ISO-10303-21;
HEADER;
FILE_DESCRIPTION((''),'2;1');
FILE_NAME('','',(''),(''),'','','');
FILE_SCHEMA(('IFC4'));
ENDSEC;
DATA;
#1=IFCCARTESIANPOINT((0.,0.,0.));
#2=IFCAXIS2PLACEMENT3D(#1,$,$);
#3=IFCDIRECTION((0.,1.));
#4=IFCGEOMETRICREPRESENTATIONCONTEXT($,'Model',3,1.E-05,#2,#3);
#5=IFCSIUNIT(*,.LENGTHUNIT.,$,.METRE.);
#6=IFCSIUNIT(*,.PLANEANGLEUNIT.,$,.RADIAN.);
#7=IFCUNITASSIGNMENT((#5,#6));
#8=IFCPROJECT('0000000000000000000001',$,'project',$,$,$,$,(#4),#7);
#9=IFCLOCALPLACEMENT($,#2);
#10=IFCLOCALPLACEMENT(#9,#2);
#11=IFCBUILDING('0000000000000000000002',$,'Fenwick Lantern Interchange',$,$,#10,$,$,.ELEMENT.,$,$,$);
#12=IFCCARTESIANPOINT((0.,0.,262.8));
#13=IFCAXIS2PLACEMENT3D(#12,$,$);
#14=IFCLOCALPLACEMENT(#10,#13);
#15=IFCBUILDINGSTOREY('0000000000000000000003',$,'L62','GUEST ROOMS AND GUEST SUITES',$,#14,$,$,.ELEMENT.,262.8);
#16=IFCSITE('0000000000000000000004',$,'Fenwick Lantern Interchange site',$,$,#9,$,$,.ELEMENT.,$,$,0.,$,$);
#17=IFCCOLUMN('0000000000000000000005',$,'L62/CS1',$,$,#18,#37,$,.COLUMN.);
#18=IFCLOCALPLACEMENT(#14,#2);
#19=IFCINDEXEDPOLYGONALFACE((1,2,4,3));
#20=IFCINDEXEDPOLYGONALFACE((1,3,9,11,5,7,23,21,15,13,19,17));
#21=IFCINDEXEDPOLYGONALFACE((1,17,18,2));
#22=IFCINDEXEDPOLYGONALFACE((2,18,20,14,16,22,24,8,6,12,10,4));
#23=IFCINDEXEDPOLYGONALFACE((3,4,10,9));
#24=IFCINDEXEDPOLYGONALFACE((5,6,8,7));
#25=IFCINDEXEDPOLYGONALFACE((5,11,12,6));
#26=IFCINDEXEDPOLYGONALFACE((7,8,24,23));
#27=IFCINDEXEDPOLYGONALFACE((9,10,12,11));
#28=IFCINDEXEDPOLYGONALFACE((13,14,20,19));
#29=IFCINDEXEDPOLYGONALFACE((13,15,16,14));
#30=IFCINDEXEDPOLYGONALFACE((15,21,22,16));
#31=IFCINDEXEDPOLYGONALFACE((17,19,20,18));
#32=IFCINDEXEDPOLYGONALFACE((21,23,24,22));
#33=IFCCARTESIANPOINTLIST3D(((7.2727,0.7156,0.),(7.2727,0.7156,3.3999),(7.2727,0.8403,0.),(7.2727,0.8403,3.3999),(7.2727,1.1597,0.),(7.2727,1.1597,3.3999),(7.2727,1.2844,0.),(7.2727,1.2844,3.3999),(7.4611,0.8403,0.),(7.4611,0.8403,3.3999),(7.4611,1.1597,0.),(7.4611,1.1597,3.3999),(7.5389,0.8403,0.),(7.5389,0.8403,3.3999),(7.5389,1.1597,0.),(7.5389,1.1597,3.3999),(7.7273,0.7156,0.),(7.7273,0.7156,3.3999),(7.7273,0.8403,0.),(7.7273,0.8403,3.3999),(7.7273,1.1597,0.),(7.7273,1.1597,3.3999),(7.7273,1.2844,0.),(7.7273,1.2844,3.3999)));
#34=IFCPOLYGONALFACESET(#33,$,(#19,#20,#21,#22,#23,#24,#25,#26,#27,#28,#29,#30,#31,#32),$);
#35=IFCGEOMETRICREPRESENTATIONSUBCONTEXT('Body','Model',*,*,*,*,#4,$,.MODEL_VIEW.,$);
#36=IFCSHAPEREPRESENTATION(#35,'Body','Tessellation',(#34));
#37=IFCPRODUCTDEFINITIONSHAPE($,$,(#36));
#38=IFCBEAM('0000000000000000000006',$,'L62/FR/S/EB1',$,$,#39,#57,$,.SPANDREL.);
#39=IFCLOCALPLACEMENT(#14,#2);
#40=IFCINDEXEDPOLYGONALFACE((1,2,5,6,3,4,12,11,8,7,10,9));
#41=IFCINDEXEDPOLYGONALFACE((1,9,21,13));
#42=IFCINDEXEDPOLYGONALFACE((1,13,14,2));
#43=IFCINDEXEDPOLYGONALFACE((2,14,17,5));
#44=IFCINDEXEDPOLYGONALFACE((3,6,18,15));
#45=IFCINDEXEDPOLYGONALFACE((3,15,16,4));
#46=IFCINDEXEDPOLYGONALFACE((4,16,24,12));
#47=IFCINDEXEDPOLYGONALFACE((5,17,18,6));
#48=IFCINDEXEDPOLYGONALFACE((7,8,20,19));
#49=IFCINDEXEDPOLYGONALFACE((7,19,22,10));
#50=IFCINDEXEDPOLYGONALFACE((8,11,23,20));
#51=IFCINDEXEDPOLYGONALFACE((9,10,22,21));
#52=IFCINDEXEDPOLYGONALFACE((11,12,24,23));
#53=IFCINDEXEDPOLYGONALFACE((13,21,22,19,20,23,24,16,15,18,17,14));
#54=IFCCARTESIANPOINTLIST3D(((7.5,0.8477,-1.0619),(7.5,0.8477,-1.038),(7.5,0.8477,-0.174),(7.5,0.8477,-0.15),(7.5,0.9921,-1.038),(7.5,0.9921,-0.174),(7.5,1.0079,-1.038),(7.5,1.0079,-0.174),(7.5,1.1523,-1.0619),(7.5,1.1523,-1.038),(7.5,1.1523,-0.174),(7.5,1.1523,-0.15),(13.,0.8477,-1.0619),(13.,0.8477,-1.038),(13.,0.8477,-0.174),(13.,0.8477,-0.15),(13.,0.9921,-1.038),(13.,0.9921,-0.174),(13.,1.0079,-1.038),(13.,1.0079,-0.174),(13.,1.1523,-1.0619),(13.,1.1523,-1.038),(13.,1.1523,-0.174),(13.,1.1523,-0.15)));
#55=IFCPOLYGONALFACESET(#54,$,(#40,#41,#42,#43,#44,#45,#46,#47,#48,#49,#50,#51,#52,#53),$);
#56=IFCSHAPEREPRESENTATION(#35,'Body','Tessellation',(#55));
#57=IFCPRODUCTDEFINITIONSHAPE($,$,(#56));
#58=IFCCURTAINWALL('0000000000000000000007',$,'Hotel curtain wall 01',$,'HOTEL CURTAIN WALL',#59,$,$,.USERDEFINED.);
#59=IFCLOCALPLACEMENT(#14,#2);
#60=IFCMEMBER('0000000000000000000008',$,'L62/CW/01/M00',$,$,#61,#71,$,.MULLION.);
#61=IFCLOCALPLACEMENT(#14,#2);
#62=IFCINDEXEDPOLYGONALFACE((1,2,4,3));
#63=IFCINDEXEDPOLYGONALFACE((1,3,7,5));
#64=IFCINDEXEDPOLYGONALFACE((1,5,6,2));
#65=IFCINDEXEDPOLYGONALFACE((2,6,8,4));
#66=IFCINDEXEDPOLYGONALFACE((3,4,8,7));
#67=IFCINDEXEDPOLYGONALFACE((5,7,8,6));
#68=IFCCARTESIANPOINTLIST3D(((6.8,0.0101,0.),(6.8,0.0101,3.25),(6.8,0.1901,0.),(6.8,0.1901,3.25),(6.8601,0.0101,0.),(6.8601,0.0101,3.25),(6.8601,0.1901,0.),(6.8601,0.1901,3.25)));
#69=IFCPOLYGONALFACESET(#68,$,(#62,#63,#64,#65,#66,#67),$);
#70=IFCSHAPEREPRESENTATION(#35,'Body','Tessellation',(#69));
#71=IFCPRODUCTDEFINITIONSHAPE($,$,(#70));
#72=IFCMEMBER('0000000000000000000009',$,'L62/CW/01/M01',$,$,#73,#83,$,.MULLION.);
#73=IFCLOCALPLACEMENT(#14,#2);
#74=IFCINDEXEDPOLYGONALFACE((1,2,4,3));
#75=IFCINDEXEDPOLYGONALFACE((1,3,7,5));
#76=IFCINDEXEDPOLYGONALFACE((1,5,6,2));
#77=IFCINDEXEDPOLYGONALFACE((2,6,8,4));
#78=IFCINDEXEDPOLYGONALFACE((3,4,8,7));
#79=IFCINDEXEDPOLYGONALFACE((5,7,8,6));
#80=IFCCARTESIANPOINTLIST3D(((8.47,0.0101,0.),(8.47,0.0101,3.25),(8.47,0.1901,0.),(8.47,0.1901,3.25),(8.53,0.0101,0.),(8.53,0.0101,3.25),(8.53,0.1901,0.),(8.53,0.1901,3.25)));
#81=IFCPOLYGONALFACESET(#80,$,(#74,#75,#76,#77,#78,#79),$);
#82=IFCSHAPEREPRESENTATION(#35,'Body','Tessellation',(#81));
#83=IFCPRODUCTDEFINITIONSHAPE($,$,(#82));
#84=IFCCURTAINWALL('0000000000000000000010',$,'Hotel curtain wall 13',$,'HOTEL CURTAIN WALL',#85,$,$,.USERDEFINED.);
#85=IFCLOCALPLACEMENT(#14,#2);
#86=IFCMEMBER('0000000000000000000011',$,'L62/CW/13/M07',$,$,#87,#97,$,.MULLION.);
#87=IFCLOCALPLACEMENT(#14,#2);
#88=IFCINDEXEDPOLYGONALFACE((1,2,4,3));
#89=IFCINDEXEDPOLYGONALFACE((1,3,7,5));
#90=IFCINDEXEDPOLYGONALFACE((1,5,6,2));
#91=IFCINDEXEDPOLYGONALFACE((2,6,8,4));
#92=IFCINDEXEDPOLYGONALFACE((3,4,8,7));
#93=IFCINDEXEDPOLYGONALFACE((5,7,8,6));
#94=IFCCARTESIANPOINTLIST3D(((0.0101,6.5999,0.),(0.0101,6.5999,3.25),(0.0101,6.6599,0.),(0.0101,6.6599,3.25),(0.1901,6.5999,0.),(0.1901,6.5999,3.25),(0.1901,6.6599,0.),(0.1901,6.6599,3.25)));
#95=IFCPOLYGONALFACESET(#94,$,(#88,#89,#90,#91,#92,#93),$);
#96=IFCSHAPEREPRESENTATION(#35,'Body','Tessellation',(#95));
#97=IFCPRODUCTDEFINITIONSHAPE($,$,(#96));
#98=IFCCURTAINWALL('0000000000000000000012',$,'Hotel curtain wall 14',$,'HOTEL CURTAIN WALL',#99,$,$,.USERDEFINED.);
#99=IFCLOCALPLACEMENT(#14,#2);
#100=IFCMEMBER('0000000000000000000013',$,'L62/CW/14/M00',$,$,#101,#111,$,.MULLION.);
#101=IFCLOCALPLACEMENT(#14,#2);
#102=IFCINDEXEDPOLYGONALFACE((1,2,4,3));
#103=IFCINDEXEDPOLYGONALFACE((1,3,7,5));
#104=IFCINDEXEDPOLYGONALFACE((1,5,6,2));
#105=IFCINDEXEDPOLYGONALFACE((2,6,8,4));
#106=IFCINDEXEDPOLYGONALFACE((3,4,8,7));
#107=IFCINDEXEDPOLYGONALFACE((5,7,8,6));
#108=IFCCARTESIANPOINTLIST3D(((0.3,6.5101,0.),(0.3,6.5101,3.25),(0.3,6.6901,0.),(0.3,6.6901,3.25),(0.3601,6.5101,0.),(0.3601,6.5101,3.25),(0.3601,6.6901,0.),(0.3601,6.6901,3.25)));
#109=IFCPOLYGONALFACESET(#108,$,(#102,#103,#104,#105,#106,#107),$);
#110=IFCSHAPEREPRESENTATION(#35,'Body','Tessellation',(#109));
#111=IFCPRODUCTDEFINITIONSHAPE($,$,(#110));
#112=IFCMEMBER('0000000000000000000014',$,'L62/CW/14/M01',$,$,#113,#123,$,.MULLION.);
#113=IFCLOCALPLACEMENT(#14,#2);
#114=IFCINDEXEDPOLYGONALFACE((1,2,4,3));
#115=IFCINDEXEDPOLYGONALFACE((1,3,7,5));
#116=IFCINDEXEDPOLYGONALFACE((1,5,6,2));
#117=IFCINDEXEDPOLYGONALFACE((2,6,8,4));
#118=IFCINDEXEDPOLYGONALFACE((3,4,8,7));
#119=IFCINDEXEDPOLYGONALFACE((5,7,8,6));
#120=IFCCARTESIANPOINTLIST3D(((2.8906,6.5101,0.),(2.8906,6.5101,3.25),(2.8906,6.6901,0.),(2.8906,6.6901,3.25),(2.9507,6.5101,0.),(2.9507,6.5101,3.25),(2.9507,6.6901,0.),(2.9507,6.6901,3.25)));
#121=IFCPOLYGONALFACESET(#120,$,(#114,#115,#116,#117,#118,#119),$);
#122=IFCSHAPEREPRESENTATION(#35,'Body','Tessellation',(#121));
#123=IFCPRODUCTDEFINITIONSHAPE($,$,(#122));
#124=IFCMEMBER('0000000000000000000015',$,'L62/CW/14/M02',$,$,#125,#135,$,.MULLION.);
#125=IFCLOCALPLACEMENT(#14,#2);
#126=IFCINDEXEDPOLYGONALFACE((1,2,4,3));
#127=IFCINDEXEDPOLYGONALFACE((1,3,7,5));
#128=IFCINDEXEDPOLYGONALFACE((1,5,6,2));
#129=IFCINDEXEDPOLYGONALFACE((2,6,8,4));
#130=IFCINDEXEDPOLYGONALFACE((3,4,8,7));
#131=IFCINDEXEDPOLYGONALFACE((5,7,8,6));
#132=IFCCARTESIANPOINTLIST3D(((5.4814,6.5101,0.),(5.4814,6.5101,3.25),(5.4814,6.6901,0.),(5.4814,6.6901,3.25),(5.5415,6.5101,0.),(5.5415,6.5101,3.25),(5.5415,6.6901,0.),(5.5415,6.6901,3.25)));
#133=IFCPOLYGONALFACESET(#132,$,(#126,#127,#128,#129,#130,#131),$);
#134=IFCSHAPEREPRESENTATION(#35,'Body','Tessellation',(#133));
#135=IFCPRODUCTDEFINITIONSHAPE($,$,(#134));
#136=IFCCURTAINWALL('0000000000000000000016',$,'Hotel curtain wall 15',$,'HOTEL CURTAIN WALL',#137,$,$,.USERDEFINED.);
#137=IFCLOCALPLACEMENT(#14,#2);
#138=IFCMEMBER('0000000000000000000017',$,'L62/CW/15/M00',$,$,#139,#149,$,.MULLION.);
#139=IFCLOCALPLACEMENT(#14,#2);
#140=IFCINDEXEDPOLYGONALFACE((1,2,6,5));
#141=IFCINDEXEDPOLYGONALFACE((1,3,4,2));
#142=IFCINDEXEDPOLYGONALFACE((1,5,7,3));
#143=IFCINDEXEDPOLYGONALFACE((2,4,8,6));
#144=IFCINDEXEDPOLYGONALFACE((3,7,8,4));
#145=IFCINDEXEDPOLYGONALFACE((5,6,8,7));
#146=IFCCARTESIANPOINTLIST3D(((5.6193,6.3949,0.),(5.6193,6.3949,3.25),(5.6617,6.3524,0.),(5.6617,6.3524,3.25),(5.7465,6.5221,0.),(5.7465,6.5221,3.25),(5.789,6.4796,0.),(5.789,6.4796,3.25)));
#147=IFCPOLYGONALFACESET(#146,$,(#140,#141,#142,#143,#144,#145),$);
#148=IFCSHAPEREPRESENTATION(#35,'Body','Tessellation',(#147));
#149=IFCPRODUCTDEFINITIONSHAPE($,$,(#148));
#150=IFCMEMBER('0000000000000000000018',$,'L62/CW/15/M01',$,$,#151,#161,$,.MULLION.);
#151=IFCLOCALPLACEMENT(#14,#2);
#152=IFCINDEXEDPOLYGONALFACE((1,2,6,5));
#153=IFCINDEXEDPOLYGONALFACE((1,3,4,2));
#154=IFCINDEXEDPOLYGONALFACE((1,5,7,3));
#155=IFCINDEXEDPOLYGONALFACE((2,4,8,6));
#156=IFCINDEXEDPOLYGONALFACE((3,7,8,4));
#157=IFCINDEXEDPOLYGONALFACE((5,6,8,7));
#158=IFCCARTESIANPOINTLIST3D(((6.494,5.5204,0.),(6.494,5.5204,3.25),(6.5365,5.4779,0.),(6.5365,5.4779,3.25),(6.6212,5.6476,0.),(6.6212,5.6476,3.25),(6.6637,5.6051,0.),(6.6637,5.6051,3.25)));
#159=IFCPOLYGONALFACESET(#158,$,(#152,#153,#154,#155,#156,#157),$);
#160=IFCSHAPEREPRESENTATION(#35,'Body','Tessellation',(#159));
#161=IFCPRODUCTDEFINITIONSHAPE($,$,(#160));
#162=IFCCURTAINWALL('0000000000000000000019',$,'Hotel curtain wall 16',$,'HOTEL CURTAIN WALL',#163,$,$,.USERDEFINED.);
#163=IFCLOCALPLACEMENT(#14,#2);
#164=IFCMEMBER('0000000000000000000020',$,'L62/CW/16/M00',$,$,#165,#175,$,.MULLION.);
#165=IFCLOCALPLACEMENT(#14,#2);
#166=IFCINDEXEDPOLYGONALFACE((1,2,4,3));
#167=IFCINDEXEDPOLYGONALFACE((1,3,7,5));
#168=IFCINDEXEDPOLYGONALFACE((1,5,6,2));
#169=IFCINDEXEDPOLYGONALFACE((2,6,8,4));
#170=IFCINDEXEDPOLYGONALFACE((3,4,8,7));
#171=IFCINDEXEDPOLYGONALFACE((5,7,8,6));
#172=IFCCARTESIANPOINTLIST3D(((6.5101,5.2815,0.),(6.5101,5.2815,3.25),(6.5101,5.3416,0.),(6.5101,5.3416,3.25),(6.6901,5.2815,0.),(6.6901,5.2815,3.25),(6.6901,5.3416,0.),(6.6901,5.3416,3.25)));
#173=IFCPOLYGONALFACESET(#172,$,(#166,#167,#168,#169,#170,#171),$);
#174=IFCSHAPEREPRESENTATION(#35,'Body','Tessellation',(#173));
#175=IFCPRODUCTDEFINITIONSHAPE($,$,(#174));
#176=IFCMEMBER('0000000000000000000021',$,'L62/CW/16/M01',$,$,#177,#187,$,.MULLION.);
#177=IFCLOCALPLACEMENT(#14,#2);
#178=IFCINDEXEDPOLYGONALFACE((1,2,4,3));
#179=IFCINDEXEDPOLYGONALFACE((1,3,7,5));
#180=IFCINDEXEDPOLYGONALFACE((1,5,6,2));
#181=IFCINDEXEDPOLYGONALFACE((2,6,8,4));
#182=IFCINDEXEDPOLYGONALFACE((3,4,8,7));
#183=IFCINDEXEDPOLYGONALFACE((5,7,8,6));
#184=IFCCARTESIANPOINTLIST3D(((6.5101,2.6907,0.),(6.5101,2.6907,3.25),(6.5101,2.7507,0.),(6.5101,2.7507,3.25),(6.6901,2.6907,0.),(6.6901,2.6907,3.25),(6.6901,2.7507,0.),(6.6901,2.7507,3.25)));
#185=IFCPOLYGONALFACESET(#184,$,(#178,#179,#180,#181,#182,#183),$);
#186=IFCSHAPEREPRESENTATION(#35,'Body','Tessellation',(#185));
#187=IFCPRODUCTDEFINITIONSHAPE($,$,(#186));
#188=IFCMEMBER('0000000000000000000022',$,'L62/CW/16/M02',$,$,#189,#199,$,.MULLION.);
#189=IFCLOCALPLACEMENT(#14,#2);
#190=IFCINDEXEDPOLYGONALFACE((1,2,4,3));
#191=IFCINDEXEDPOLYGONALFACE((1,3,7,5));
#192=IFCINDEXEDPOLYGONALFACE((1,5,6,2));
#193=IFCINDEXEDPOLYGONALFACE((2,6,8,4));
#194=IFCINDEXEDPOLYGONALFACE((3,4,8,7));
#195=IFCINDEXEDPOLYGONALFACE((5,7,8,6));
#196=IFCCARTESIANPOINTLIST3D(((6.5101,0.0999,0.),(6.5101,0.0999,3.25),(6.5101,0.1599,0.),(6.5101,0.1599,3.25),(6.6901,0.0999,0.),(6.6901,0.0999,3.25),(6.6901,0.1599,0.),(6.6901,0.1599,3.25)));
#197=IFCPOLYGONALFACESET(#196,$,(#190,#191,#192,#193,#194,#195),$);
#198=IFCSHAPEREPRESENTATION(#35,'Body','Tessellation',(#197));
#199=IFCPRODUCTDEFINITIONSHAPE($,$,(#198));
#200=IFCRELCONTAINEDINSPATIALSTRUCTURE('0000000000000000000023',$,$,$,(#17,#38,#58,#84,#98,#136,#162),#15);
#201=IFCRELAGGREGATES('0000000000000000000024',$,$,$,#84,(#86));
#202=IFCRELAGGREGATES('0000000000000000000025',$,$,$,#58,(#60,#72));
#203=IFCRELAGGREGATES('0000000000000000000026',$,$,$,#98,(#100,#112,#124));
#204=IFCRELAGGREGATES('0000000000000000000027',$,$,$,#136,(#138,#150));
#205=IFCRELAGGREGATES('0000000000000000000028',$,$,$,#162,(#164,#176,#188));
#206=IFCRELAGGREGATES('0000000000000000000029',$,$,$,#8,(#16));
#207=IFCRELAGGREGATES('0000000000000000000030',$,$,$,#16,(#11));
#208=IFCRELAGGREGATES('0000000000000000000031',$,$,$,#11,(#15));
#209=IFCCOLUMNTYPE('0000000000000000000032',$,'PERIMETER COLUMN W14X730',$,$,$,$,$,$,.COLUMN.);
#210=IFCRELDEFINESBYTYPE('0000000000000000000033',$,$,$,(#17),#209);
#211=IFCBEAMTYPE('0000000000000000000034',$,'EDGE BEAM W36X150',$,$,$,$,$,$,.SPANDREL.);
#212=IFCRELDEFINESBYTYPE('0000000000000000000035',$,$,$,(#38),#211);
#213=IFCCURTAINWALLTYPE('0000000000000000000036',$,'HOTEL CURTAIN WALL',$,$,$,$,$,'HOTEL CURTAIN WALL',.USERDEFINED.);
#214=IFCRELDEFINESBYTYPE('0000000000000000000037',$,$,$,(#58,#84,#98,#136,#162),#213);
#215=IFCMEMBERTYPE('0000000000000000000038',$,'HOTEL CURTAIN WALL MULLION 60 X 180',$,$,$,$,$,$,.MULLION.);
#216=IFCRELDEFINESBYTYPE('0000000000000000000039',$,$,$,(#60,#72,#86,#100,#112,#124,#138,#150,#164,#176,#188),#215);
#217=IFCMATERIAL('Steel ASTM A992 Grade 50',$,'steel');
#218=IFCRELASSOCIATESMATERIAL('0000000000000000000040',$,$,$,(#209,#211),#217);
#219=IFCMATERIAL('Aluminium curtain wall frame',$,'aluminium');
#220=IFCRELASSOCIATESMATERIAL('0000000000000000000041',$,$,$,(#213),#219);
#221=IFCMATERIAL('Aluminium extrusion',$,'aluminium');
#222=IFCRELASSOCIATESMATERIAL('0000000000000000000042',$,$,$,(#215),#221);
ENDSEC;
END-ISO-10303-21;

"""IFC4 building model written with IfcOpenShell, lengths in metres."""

from ifc_helpers import new_model, si_unit, direction, frame, origin, origin_2d, place, context, subcontext, project, spatial, rectangle, i_section, extrude, material, material_profile, profile_set, type_object, element, aggregate, save


model = new_model("IFC4")

# Units and contexts
model_context = context("Model", 3, precision=1e-05, world=origin(), true_north=direction((0.0, 1.0)))
body_context = subcontext(model_context, "Body", "Model", "MODEL_VIEW")
ifc_project = project(units=[si_unit("LENGTHUNIT", "METRE"), si_unit("PLANEANGLEUNIT", "RADIAN")], contexts=[model_context])

# Site, building, storey
site_placement = place(None, origin())
site = spatial("IfcSite", under=ifc_project, at=site_placement, Name="Fenwick Lantern Interchange site", CompositionType="ELEMENT", RefElevation=0.0)
building_placement = place(site_placement, origin())
building = spatial("IfcBuilding", under=site, at=building_placement, Name="Fenwick Lantern Interchange", CompositionType="ELEMENT")
storey_placement = place(building_placement, frame((0.0, 0.0, 262.8)))
storey = spatial("IfcBuildingStorey", under=building, at=storey_placement, Name="L62", Description="GUEST ROOMS AND GUEST SUITES", CompositionType="ELEMENT", Elevation=262.8)

# Column
ifc_material_1 = material(Name="Steel ASTM A992 Grade 50", Category="steel")
ifc_material_profile_1 = material_profile(ifc_material_1, i_section(OverallWidth=0.4546, OverallDepth=0.5688, WebThickness=0.0779, FlangeThickness=0.1248, at=origin_2d()), Name="W14X730")
ifc_profile_set_1 = profile_set([ifc_material_profile_1], Name="Steel ASTM A992 Grade 50")
column_type = type_object("IfcColumnType", Name="PERIMETER COLUMN W14X730", PredefinedType="COLUMN", material=ifc_profile_set_1)
column_placement = place(storey_placement, frame((7.5, 1.0, 0.0), z_axis=(0.0, 0.0, 1.0), x_axis=(1.0, 0.0, 0.0)))
element("IfcColumn", 1, at=column_placement, inside=storey, type_object=column_type, Name="L62/CS1", PredefinedType="COLUMN", context=body_context, shape_type="SweptSolid", body=[
    extrude(i_section(OverallWidth=0.4546, OverallDepth=0.5688, WebThickness=0.0779, FlangeThickness=0.1248, at=origin_2d()), origin(), (0.0, 0.0, 1.0), 3.3999),
])

# Beam
ifc_material_profile_2 = material_profile(ifc_material_1, i_section(OverallWidth=0.3047, OverallDepth=0.9119, WebThickness=0.0159, FlangeThickness=0.0239, at=origin_2d()), Name="W36X150")
ifc_profile_set_2 = profile_set([ifc_material_profile_2], Name="Steel ASTM A992 Grade 50")
beam_type = type_object("IfcBeamType", Name="EDGE BEAM W36X150", PredefinedType="SPANDREL", material=ifc_profile_set_2)
beam_placement = place(storey_placement, frame((7.5, 1.0, -0.606), z_axis=(1.0, 0.0, 0.0), x_axis=(0.0, 1.0, 0.0)))
element("IfcBeam", 2, at=beam_placement, inside=storey, type_object=beam_type, Name="L62/FR/S/EB1", PredefinedType="SPANDREL", context=body_context, shape_type="SweptSolid", body=[
    extrude(i_section(OverallWidth=0.3047, OverallDepth=0.9119, WebThickness=0.0159, FlangeThickness=0.0239, at=origin_2d()), origin(), (0.0, 0.0, 1.0), 5.5),
])

# Curtain wall, members
ifc_material_2 = material(Name="Aluminium curtain wall frame", Category="aluminium")
curtain_wall_type = type_object("IfcCurtainWallType", Name="HOTEL CURTAIN WALL", ElementType="HOTEL CURTAIN WALL", PredefinedType="USERDEFINED", material=ifc_material_2)
curtain_wall_1_placement = place(storey_placement, origin())
curtain_wall_1 = element("IfcCurtainWall", 3, at=curtain_wall_1_placement, inside=storey, type_object=curtain_wall_type, Name="Hotel curtain wall 01", ObjectType="HOTEL CURTAIN WALL", PredefinedType="USERDEFINED")
ifc_material_3 = material(Name="Aluminium extrusion", Category="aluminium")
ifc_material_profile_3 = material_profile(ifc_material_3, rectangle(XDim=0.1799, YDim=0.0601, at=origin_2d()), Name="HOTEL CURTAIN WALL MULLION 60 X 180")
ifc_profile_set_3 = profile_set([ifc_material_profile_3], Name="Aluminium extrusion")
member_type_1 = type_object("IfcMemberType", Name="HOTEL CURTAIN WALL MULLION 60 X 180", PredefinedType="MULLION", material=ifc_profile_set_3)
member_1_placement = place(storey_placement, frame((6.8301, 0.1001, 0.0), z_axis=(0.0, 0.0, 1.0), x_axis=(0.0, 1.0, 0.0)))
member_1 = element("IfcMember", 4, at=member_1_placement, type_object=member_type_1, Name="L62/CW/01/M00", PredefinedType="MULLION", context=body_context, shape_type="SweptSolid", body=[
    extrude(rectangle(XDim=0.1799, YDim=0.0601, at=origin_2d()), origin(), (0.0, 0.0, 1.0), 3.25),
])
member_2_placement = place(storey_placement, frame((8.5, 0.1001, 0.0), z_axis=(0.0, 0.0, 1.0), x_axis=(0.0, 1.0, 0.0)))
member_2 = element("IfcMember", 5, at=member_2_placement, type_object=member_type_1, Name="L62/CW/01/M01", PredefinedType="MULLION", context=body_context, shape_type="SweptSolid", body=[
    extrude(rectangle(XDim=0.1799, YDim=0.0601, at=origin_2d()), origin(), (0.0, 0.0, 1.0), 3.25),
])

# Curtain wall, member
curtain_wall_2_placement = place(storey_placement, origin())
curtain_wall_2 = element("IfcCurtainWall", 6, at=curtain_wall_2_placement, inside=storey, type_object=curtain_wall_type, Name="Hotel curtain wall 13", ObjectType="HOTEL CURTAIN WALL", PredefinedType="USERDEFINED")
member_3_placement = place(storey_placement, frame((0.1001, 6.6299, 0.0), z_axis=(0.0, 0.0, 1.0), x_axis=(1.0, 0.0, 0.0)))
member_3 = element("IfcMember", 7, at=member_3_placement, type_object=member_type_1, Name="L62/CW/13/M07", PredefinedType="MULLION", context=body_context, shape_type="SweptSolid", body=[
    extrude(rectangle(XDim=0.1799, YDim=0.0601, at=origin_2d()), origin(), (0.0, 0.0, 1.0), 3.25),
])
aggregate(curtain_wall_2, [member_3])

# Curtain walls, members
curtain_wall_3_placement = place(storey_placement, origin())
curtain_wall_3 = element("IfcCurtainWall", 8, at=curtain_wall_3_placement, inside=storey, type_object=curtain_wall_type, Name="Hotel curtain wall 14", ObjectType="HOTEL CURTAIN WALL", PredefinedType="USERDEFINED")
member_4_placement = place(storey_placement, frame((0.3301, 6.6001, 0.0), z_axis=(0.0, 0.0, 1.0), x_axis=(0.0, 1.0, 0.0)))
member_4 = element("IfcMember", 9, at=member_4_placement, type_object=member_type_1, Name="L62/CW/14/M00", PredefinedType="MULLION", context=body_context, shape_type="SweptSolid", body=[
    extrude(rectangle(XDim=0.1799, YDim=0.0601, at=origin_2d()), origin(), (0.0, 0.0, 1.0), 3.25),
])
member_5_placement = place(storey_placement, frame((2.9207, 6.6001, 0.0), z_axis=(0.0, 0.0, 1.0), x_axis=(0.0, 1.0, 0.0)))
member_5 = element("IfcMember", 10, at=member_5_placement, type_object=member_type_1, Name="L62/CW/14/M01", PredefinedType="MULLION", context=body_context, shape_type="SweptSolid", body=[
    extrude(rectangle(XDim=0.1799, YDim=0.0601, at=origin_2d()), origin(), (0.0, 0.0, 1.0), 3.25),
])
member_6_placement = place(storey_placement, frame((5.5115, 6.6001, 0.0), z_axis=(0.0, 0.0, 1.0), x_axis=(0.0, 1.0, 0.0)))
member_6 = element("IfcMember", 11, at=member_6_placement, type_object=member_type_1, Name="L62/CW/14/M02", PredefinedType="MULLION", context=body_context, shape_type="SweptSolid", body=[
    extrude(rectangle(XDim=0.1799, YDim=0.0601, at=origin_2d()), origin(), (0.0, 0.0, 1.0), 3.25),
])
curtain_wall_4_placement = place(storey_placement, origin())
curtain_wall_4 = element("IfcCurtainWall", 12, at=curtain_wall_4_placement, inside=storey, type_object=curtain_wall_type, Name="Hotel curtain wall 15", ObjectType="HOTEL CURTAIN WALL", PredefinedType="USERDEFINED")
member_7_placement = place(storey_placement, frame((5.7041, 6.4373, 0.0), z_axis=(0.0, 0.0, 1.0), x_axis=(0.707107, 0.707107, 0.0)))
member_7 = element("IfcMember", 13, at=member_7_placement, type_object=member_type_1, Name="L62/CW/15/M00", PredefinedType="MULLION", context=body_context, shape_type="SweptSolid", body=[
    extrude(rectangle(XDim=0.1799, YDim=0.0601, at=origin_2d()), origin(), (0.0, 0.0, 1.0), 3.25),
])
member_8_placement = place(storey_placement, frame((6.5789, 5.5627, 0.0), z_axis=(0.0, 0.0, 1.0), x_axis=(0.707107, 0.707107, 0.0)))
member_8 = element("IfcMember", 14, at=member_8_placement, type_object=member_type_1, Name="L62/CW/15/M01", PredefinedType="MULLION", context=body_context, shape_type="SweptSolid", body=[
    extrude(rectangle(XDim=0.1799, YDim=0.0601, at=origin_2d()), origin(), (0.0, 0.0, 1.0), 3.25),
])
curtain_wall_5_placement = place(storey_placement, origin())
curtain_wall_5 = element("IfcCurtainWall", 15, at=curtain_wall_5_placement, inside=storey, type_object=curtain_wall_type, Name="Hotel curtain wall 16", ObjectType="HOTEL CURTAIN WALL", PredefinedType="USERDEFINED")
member_9_placement = place(storey_placement, frame((6.6001, 5.3115, 0.0), z_axis=(0.0, 0.0, 1.0), x_axis=(1.0, 0.0, 0.0)))
member_9 = element("IfcMember", 16, at=member_9_placement, type_object=member_type_1, Name="L62/CW/16/M00", PredefinedType="MULLION", context=body_context, shape_type="SweptSolid", body=[
    extrude(rectangle(XDim=0.1799, YDim=0.0601, at=origin_2d()), origin(), (0.0, 0.0, 1.0), 3.25),
])
member_10_placement = place(storey_placement, frame((6.6001, 2.7207, 0.0), z_axis=(0.0, 0.0, 1.0), x_axis=(1.0, 0.0, 0.0)))
member_10 = element("IfcMember", 17, at=member_10_placement, type_object=member_type_1, Name="L62/CW/16/M01", PredefinedType="MULLION", context=body_context, shape_type="SweptSolid", body=[
    extrude(rectangle(XDim=0.1799, YDim=0.0601, at=origin_2d()), origin(), (0.0, 0.0, 1.0), 3.25),
])
member_11_placement = place(storey_placement, frame((6.6001, 0.1299, 0.0), z_axis=(0.0, 0.0, 1.0), x_axis=(1.0, 0.0, 0.0)))
member_11 = element("IfcMember", 18, at=member_11_placement, type_object=member_type_1, Name="L62/CW/16/M02", PredefinedType="MULLION", context=body_context, shape_type="SweptSolid", body=[
    extrude(rectangle(XDim=0.1799, YDim=0.0601, at=origin_2d()), origin(), (0.0, 0.0, 1.0), 3.25),
])

aggregate(curtain_wall_1, [member_1, member_2])
aggregate(curtain_wall_3, [member_4, member_5, member_6])
aggregate(curtain_wall_4, [member_7, member_8])
aggregate(curtain_wall_5, [member_9, member_10, member_11])

save(model, "model.ifc")
